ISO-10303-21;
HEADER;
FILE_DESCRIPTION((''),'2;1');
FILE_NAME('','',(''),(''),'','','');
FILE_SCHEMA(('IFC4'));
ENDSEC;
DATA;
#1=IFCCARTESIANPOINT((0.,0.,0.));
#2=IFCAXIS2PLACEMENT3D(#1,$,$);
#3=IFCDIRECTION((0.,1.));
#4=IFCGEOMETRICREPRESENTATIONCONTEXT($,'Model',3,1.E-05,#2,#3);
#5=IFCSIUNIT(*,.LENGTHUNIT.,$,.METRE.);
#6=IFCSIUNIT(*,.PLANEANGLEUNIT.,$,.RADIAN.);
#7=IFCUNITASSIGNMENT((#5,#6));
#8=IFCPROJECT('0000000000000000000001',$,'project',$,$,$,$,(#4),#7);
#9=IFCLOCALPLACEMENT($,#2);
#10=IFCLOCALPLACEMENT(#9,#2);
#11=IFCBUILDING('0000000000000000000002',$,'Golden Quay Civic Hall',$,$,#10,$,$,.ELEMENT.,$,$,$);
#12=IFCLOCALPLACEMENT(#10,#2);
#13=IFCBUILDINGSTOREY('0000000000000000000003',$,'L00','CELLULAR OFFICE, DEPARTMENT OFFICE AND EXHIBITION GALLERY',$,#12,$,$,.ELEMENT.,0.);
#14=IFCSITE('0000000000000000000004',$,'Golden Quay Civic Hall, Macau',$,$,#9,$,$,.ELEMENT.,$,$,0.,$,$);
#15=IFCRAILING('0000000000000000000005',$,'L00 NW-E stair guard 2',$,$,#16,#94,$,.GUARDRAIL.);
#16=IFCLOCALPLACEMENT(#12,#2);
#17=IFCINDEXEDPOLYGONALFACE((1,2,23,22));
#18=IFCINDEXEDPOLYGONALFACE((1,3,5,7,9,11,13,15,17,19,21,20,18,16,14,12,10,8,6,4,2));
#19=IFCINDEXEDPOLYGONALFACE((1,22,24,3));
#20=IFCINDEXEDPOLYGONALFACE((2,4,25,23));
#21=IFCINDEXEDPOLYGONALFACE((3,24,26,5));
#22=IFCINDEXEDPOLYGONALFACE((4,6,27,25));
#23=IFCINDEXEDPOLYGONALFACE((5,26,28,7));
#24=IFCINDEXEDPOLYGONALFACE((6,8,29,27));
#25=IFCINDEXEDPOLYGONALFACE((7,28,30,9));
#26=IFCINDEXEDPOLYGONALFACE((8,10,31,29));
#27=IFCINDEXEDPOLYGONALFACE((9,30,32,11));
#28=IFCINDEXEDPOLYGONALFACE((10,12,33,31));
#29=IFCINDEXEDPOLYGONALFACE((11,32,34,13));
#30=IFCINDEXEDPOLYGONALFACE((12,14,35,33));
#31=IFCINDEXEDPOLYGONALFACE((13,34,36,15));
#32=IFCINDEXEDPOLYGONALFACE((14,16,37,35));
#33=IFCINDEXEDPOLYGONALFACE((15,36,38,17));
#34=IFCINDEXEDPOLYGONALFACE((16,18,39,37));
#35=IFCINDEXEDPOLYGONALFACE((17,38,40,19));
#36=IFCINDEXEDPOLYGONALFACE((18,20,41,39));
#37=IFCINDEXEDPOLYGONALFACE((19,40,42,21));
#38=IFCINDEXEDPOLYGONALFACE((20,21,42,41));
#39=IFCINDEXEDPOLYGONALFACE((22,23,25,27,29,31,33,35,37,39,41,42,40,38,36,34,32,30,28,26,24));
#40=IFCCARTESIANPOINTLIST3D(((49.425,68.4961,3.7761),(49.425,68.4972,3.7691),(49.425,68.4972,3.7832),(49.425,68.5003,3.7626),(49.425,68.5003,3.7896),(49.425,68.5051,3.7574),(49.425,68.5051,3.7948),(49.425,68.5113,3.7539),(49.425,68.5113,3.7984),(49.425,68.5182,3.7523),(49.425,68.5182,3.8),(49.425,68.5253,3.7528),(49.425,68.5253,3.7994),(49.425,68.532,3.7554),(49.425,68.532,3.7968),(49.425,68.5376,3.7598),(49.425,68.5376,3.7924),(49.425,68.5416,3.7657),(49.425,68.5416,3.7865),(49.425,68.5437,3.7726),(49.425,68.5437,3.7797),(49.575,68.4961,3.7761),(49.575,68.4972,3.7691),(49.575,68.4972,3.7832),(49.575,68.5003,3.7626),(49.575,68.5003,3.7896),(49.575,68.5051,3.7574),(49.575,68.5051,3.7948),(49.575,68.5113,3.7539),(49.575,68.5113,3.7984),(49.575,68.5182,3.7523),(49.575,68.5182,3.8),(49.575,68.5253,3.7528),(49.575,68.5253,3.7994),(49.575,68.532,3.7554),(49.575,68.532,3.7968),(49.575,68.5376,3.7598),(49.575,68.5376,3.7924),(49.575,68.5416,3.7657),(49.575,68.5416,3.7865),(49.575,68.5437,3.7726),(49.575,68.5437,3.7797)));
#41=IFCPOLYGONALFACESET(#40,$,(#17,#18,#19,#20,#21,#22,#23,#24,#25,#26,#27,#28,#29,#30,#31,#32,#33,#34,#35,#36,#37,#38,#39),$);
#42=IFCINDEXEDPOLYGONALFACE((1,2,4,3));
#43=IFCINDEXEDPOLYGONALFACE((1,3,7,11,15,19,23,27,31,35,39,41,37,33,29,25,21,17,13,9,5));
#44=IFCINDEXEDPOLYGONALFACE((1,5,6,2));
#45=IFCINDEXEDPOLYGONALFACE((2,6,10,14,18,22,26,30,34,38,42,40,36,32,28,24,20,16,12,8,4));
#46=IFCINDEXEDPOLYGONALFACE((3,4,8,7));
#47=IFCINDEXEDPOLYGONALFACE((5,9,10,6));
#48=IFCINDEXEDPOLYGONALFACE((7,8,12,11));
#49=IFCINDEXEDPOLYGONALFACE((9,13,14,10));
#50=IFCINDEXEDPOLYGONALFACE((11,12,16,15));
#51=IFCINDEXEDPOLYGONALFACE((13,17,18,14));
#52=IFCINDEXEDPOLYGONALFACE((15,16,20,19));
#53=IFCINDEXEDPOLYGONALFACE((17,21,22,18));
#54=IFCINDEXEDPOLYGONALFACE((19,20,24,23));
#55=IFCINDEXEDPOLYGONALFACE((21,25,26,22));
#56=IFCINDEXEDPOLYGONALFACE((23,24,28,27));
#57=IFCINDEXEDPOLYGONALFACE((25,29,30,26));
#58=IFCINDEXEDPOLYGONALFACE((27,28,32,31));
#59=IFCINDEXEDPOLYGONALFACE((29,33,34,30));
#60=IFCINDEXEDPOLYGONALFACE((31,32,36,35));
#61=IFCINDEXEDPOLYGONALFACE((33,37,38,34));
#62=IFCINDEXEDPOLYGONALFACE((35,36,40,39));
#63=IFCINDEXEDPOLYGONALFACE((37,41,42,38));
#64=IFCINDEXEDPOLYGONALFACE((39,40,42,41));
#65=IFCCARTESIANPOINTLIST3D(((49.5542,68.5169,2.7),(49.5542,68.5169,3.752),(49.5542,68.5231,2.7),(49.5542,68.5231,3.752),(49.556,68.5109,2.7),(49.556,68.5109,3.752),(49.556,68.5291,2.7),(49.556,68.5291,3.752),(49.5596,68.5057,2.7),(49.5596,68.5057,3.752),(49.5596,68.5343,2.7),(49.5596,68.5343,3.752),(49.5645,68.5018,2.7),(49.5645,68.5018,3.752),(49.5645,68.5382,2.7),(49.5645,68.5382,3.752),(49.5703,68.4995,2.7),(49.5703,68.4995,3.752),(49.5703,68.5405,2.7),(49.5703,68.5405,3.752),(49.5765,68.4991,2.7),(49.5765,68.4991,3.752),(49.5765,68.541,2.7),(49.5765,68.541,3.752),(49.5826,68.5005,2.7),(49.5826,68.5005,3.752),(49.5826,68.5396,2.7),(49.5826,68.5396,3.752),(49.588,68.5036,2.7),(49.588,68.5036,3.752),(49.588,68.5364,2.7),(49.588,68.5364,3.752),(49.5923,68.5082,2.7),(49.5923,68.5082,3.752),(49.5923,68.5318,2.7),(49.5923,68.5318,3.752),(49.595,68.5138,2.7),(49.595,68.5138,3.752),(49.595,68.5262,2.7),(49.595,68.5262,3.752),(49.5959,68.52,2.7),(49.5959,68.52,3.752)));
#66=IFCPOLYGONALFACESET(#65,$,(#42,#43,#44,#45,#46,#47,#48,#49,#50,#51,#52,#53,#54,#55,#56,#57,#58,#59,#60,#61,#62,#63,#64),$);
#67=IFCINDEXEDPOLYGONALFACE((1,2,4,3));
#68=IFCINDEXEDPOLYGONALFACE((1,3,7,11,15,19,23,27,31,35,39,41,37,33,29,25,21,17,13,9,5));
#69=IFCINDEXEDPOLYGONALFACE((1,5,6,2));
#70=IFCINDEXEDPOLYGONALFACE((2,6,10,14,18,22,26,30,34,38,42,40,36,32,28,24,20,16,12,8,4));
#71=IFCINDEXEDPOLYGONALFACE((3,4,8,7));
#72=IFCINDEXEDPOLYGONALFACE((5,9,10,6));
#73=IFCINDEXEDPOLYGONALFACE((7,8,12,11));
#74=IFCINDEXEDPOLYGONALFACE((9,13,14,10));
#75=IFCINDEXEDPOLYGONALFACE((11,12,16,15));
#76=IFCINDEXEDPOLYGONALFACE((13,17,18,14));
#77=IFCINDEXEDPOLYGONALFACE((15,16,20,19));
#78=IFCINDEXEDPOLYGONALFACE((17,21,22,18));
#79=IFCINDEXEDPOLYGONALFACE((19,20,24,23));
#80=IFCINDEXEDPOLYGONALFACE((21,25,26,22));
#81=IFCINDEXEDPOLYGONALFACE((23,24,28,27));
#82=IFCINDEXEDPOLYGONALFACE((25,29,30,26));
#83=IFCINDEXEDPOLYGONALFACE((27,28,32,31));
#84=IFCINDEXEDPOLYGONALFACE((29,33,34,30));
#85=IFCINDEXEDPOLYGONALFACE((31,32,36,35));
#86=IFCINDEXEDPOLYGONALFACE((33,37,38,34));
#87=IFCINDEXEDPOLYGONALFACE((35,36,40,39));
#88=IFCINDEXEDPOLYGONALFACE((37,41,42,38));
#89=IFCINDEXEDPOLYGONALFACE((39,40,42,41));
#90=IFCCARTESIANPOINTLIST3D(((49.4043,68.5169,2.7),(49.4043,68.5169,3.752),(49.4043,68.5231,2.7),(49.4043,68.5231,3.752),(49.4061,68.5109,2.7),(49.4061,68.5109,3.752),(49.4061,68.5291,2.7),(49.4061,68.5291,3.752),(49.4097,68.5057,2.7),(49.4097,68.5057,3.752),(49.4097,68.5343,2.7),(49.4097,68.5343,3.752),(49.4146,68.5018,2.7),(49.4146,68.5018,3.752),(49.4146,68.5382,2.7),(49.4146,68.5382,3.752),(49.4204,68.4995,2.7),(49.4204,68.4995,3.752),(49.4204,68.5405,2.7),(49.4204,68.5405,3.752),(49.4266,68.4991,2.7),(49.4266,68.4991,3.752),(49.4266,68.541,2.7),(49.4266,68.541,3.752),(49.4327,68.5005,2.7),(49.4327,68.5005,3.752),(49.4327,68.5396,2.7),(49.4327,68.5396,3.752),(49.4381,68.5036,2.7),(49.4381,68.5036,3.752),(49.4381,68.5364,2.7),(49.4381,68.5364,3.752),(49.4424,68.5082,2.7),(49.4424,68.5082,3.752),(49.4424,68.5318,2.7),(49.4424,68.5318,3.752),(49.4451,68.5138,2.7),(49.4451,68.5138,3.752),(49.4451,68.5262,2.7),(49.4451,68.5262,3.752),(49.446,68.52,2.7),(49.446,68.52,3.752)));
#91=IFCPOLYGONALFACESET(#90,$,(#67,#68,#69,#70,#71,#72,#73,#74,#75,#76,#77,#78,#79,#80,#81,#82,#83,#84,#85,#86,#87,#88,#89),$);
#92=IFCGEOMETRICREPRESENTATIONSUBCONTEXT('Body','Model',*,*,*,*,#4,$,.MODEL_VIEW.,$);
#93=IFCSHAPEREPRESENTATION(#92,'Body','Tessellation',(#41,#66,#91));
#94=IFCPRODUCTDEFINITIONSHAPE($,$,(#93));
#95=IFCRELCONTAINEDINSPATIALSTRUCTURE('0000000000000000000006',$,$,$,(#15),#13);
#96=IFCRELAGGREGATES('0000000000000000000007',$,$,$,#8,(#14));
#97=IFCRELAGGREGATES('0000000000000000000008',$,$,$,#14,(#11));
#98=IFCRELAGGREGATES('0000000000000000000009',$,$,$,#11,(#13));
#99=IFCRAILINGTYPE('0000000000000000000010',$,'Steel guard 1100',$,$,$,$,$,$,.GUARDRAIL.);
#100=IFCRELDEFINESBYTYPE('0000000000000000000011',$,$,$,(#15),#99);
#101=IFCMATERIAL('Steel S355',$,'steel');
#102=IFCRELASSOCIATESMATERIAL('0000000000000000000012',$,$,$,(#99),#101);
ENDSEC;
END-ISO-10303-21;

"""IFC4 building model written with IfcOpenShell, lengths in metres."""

from ifc_helpers import new_model, si_unit, direction, frame, origin, origin_2d, place, context, subcontext, project, spatial, circle, extrude, material, type_object, element, save


model = new_model("IFC4")

# Units and contexts
model_context = context("Model", 3, precision=1e-05, world=origin(), true_north=direction((0.0, 1.0)))
body_context = subcontext(model_context, "Body", "Model", "MODEL_VIEW")
ifc_project = project(units=[si_unit("LENGTHUNIT", "METRE"), si_unit("PLANEANGLEUNIT", "RADIAN")], contexts=[model_context])

# Site, building, storey
site_placement = place(None, origin())
site = spatial("IfcSite", under=ifc_project, at=site_placement, Name="Golden Quay Civic Hall, Macau", CompositionType="ELEMENT", RefElevation=0.0)
building_placement = place(site_placement, origin())
building = spatial("IfcBuilding", under=site, at=building_placement, Name="Golden Quay Civic Hall", CompositionType="ELEMENT")
storey_placement = place(building_placement, origin())
storey = spatial("IfcBuildingStorey", under=building, at=storey_placement, Name="L00", Description="CELLULAR OFFICE, DEPARTMENT OFFICE AND EXHIBITION GALLERY", CompositionType="ELEMENT", Elevation=0.0)

# Railing
ifc_material_1 = material(Name="Steel S355", Category="steel")
railing_type_1 = type_object("IfcRailingType", Name="Steel guard 1100", PredefinedType="GUARDRAIL", material=ifc_material_1)
railing_1_placement = place(storey_placement, frame((49.575, 68.52, 2.7)))
element("IfcRailing", 1, at=railing_1_placement, inside=storey, type_object=railing_type_1, Name="L00 NW-E stair guard 2", PredefinedType="GUARDRAIL", context=body_context, shape_type="SweptSolid", body=[
    extrude(circle(Radius=0.0239, at=origin_2d()), frame((0.0, 0.0, 1.0762), z_axis=(-1.0, 0.0, 0.0), x_axis=(0.0, -1.0, 0.0)), (0.0, 0.0, 1.0), 0.1499),
    extrude(circle(Radius=0.021, at=origin_2d()), origin(), (0.0, 0.0, 1.0), 1.052),
    extrude(circle(Radius=0.021, at=origin_2d()), frame((-0.1499, 0.0, 0.0)), (0.0, 0.0, 1.0), 1.052),
])

save(model, "model.ifc")
